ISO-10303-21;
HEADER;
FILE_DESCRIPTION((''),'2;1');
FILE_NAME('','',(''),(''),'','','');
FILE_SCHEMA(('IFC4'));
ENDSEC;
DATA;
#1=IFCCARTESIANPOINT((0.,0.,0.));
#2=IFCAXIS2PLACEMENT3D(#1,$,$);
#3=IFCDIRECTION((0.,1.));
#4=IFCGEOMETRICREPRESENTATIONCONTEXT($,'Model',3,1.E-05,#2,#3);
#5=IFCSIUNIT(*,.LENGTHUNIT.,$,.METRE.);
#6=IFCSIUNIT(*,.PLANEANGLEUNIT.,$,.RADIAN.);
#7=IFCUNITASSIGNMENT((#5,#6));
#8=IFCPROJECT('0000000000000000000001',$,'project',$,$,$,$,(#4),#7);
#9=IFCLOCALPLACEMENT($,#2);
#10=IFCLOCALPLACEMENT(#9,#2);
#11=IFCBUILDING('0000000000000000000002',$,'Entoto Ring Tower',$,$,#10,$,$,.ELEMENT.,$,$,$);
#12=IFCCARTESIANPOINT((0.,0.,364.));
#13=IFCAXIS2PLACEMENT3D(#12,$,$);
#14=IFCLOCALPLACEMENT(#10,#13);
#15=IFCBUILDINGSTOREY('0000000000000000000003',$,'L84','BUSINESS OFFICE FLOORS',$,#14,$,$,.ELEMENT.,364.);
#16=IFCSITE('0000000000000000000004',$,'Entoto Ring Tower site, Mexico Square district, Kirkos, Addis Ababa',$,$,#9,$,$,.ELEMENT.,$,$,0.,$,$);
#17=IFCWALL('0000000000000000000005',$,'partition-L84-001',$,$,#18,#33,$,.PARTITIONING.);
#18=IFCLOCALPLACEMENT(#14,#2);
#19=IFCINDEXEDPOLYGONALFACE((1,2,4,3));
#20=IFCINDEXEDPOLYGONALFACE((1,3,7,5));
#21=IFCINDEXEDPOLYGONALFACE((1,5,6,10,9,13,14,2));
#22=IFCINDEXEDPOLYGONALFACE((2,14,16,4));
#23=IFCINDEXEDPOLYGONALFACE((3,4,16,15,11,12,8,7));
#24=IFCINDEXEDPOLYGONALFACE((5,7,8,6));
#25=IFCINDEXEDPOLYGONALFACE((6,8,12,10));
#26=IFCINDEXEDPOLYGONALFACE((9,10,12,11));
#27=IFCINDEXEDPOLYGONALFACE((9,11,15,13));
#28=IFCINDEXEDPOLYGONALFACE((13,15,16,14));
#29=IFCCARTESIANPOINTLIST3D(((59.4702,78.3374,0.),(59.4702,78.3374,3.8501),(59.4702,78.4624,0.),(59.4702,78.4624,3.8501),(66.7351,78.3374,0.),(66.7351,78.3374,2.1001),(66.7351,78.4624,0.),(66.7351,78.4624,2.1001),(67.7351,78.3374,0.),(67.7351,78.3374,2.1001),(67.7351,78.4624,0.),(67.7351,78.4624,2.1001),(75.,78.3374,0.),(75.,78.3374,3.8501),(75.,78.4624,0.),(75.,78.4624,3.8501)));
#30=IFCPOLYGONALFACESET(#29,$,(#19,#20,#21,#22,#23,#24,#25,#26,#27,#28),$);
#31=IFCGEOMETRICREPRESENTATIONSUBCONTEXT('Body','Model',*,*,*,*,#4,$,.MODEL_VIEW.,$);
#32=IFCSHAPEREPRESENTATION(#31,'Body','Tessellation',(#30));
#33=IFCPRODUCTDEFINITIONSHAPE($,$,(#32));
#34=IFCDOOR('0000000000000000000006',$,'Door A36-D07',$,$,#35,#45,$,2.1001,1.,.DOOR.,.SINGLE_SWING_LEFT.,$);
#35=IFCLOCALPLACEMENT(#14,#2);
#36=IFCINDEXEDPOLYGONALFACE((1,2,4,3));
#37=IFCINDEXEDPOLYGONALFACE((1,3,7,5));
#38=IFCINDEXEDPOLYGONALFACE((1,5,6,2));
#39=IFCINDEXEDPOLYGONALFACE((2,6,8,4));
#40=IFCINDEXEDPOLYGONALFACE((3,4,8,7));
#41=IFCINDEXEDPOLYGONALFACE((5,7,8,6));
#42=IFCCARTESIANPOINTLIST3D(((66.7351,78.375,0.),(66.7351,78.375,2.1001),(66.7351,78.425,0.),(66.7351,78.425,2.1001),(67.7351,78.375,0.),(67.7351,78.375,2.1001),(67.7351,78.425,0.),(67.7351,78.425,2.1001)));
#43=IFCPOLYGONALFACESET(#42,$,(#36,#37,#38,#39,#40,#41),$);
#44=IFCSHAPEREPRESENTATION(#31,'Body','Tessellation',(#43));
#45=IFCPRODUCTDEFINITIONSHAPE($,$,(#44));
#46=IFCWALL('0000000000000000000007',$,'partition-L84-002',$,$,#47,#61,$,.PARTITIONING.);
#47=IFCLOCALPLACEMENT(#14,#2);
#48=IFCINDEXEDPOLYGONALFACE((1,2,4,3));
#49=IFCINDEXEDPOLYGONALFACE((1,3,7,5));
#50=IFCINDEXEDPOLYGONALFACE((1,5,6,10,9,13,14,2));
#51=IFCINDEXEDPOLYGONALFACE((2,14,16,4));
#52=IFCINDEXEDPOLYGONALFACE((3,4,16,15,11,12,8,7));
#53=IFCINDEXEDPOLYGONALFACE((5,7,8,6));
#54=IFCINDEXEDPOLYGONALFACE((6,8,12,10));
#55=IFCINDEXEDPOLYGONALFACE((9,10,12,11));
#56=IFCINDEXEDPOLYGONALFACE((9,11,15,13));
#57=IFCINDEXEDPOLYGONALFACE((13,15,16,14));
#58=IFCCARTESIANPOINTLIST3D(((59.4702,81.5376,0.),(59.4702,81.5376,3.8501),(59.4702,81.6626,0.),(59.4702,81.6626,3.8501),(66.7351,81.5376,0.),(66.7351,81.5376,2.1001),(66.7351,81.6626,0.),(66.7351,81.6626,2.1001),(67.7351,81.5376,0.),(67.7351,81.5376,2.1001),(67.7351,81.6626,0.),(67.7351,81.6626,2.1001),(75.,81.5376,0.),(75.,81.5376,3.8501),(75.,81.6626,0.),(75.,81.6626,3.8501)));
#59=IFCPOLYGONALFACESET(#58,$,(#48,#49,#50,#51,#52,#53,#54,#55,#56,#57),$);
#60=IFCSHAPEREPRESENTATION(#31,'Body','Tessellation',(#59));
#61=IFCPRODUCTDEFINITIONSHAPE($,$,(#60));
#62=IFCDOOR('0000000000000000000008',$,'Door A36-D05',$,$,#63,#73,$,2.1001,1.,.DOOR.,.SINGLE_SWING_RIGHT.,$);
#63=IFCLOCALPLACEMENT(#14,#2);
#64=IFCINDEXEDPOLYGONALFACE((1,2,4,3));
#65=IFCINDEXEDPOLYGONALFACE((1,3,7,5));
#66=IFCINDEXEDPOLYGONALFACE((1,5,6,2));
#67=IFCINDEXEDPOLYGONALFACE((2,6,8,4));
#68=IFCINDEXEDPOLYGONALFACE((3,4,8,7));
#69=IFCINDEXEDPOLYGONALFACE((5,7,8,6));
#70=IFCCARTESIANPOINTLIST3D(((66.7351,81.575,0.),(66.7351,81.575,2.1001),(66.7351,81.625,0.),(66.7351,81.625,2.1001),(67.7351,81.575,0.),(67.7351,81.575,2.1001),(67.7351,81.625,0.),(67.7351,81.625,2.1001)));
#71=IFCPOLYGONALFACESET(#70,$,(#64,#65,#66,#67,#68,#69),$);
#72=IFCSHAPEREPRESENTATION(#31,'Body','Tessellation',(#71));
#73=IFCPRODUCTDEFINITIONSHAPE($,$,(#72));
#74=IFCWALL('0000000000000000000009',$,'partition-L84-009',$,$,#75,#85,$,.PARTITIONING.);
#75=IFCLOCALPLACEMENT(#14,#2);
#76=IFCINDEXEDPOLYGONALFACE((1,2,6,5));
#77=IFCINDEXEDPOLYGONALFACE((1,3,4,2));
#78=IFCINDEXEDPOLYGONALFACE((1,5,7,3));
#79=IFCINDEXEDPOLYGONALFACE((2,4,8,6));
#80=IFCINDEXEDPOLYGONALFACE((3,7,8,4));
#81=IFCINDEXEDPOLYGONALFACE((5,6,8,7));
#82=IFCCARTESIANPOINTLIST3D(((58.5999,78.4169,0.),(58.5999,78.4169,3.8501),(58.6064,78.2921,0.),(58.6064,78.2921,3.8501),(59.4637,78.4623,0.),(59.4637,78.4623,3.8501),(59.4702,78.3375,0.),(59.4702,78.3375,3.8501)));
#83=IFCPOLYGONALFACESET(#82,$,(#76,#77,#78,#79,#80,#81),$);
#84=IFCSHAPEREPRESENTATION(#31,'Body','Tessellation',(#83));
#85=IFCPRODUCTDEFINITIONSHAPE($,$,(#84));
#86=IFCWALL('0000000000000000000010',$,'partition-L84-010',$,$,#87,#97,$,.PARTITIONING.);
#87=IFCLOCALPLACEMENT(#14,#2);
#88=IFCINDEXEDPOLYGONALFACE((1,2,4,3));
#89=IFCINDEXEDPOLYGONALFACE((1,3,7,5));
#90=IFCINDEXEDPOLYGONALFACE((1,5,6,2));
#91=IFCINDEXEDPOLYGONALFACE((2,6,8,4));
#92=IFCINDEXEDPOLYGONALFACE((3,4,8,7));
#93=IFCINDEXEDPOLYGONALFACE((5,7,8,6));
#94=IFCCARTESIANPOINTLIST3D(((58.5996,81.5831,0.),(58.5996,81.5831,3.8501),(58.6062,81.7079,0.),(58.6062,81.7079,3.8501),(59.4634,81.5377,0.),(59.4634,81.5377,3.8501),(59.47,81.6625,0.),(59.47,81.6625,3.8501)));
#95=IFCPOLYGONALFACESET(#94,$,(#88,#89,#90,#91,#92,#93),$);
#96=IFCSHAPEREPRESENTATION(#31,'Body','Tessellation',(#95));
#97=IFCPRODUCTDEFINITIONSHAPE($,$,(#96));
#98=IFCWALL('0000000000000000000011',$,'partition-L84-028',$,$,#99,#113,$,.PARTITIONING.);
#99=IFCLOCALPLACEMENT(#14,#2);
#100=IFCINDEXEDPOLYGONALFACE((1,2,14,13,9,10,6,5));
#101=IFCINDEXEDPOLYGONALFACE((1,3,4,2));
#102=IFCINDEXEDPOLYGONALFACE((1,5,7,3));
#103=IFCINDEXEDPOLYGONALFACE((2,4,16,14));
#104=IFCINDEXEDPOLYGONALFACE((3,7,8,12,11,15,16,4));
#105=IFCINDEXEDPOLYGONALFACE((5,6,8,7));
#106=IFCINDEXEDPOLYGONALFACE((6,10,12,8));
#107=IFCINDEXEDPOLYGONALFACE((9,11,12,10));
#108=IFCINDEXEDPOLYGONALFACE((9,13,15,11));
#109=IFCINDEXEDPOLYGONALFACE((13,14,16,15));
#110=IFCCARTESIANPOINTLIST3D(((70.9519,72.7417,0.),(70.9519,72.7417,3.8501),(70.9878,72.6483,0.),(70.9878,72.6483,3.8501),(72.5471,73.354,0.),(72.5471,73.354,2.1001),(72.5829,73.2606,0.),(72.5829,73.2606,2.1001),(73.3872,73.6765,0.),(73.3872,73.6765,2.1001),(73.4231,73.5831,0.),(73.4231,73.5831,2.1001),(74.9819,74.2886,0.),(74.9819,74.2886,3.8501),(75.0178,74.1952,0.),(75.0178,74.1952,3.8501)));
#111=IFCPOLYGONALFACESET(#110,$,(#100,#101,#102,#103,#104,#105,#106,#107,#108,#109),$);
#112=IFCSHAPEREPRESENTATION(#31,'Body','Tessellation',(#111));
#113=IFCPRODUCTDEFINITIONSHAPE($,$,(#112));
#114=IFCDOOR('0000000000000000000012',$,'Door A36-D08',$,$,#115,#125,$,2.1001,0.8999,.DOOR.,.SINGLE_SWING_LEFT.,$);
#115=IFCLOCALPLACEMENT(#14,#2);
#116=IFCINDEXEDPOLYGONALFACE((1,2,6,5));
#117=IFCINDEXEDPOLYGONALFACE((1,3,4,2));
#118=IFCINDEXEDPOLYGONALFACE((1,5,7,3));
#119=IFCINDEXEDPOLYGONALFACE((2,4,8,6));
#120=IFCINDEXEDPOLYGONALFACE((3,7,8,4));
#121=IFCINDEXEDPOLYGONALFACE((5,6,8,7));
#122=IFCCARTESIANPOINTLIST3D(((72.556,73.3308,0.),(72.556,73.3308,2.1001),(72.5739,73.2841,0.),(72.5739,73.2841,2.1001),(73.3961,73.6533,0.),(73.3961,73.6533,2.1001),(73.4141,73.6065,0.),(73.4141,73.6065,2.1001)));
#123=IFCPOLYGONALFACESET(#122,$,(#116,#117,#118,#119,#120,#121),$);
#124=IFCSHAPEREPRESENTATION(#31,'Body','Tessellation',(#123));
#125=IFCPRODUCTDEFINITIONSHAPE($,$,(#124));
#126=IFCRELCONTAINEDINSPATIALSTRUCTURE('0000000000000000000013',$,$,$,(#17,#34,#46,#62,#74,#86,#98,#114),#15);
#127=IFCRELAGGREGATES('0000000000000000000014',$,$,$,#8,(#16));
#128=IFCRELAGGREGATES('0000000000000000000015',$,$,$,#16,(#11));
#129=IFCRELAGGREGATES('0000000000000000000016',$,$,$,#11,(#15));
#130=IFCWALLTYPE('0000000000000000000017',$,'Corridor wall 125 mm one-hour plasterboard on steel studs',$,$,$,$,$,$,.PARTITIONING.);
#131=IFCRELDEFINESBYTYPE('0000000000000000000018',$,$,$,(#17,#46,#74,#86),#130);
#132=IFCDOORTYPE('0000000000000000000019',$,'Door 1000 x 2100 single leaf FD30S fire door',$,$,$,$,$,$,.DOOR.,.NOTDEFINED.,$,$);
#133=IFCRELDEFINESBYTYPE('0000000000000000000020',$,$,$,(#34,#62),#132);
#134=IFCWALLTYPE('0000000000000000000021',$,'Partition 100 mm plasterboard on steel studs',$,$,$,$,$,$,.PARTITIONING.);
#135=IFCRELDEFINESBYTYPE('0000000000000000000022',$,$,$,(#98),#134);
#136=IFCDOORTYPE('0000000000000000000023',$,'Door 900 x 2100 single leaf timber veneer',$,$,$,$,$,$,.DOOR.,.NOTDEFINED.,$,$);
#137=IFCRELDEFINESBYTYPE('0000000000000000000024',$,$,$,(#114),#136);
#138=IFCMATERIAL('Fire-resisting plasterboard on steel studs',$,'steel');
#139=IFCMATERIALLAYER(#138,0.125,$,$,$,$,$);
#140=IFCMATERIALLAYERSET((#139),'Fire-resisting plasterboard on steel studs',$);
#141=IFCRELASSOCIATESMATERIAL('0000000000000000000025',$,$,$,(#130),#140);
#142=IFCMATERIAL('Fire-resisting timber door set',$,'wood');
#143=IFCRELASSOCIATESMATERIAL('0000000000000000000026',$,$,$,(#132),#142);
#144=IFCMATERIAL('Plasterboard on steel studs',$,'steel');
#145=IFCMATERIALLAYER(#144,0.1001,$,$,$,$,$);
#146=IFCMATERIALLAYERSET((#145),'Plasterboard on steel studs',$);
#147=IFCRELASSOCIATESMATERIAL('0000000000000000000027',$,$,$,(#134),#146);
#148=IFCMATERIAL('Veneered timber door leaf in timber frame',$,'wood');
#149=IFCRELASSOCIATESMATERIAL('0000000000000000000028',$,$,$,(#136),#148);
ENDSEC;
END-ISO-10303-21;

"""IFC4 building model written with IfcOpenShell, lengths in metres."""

from ifc_helpers import new_model, si_unit, direction, frame, frame_2d, origin, place, context, subcontext, project, spatial, rectangle, extrude, material, layer, layer_set, type_object, element, fill, save


model = new_model("IFC4")

# Units and contexts
model_context = context("Model", 3, precision=1e-05, world=origin(), true_north=direction((0.0, 1.0)))
body_context = subcontext(model_context, "Body", "Model", "MODEL_VIEW")
ifc_project = project(units=[si_unit("LENGTHUNIT", "METRE"), si_unit("PLANEANGLEUNIT", "RADIAN")], contexts=[model_context])

# Site, building, storey
site_placement = place(None, origin())
site = spatial("IfcSite", under=ifc_project, at=site_placement, Name="Entoto Ring Tower site, Mexico Square district, Kirkos, Addis Ababa", CompositionType="ELEMENT", RefElevation=0.0)
building_placement = place(site_placement, origin())
building = spatial("IfcBuilding", under=site, at=building_placement, Name="Entoto Ring Tower", CompositionType="ELEMENT")
storey_placement = place(building_placement, frame((0.0, 0.0, 364.0)))
storey = spatial("IfcBuildingStorey", under=building, at=storey_placement, Name="L84", Description="BUSINESS OFFICE FLOORS", CompositionType="ELEMENT", Elevation=364.0)

# Walls, openings, doors
ifc_material_1 = material(Name="Fire-resisting plasterboard on steel studs", Category="steel")
ifc_layer_1 = layer(ifc_material_1, 0.125)
ifc_layer_set_1 = layer_set([ifc_layer_1], Name="Fire-resisting plasterboard on steel studs")
wall_type_1 = type_object("IfcWallType", Name="Corridor wall 125 mm one-hour plasterboard on steel studs", PredefinedType="PARTITIONING", material=ifc_layer_set_1)
wall_1_placement = place(storey_placement, frame((59.4702, 78.3999, 0.0), z_axis=(0.0, 0.0, 1.0), x_axis=(1.0, 0.0, 0.0)))
wall_1 = element("IfcWall", 1, at=wall_1_placement, inside=storey, type_object=wall_type_1, Name="partition-L84-001", PredefinedType="PARTITIONING", context=body_context, shape_type="SweptSolid", body=[
    extrude(rectangle(XDim=15.5298, YDim=0.125, at=frame_2d((7.7649, 0.0))), origin(), (0.0, 0.0, 1.0), 3.8501),
])
opening_1_placement = place(wall_1_placement, frame((7.2649, 0.0, 0.0)))
opening_1 = element("IfcOpeningElement", 2, at=opening_1_placement, cuts=wall_1, PredefinedType="OPENING", context=body_context, shape_type="SweptSolid", body=[
    extrude(rectangle(XDim=1.0, YDim=2.1001, at=frame_2d((0.5, 1.05))), frame((0.0, 0.0725, 0.0), z_axis=(0.0, -1.0, 0.0), x_axis=(1.0, 0.0, 0.0)), (0.0, 0.0, 1.0), 0.145),
])
ifc_material_2 = material(Name="Fire-resisting timber door set", Category="wood")
door_type_1 = type_object("IfcDoorType", Name="Door 1000 x 2100 single leaf FD30S fire door", OperationType="NOTDEFINED", PredefinedType="DOOR", material=ifc_material_2)
door_1_placement = place(opening_1_placement, frame((1.0, 0.0, 0.0), z_axis=(0.0, 0.0, 1.0), x_axis=(-1.0, 0.0, 0.0)))
door_1 = element("IfcDoor", 3, at=door_1_placement, inside=storey, type_object=door_type_1, Name="Door A36-D07", OperationType="SINGLE_SWING_LEFT", OverallHeight=2.1001, OverallWidth=1.0, PredefinedType="DOOR", context=body_context, shape_type="SweptSolid", body=[
    extrude(rectangle(XDim=1.0, YDim=2.1001, at=frame_2d((0.5, 1.05))), frame((0.0, 0.0249, 0.0), z_axis=(0.0, -1.0, 0.0), x_axis=(1.0, 0.0, 0.0)), (0.0, 0.0, 1.0), 0.05),
])
fill(opening_1, door_1)
wall_2_placement = place(storey_placement, frame((59.4702, 81.6001, 0.0), z_axis=(0.0, 0.0, 1.0), x_axis=(1.0, 0.0, 0.0)))
wall_2 = element("IfcWall", 4, at=wall_2_placement, inside=storey, type_object=wall_type_1, Name="partition-L84-002", PredefinedType="PARTITIONING", context=body_context, shape_type="SweptSolid", body=[
    extrude(rectangle(XDim=15.5298, YDim=0.125, at=frame_2d((7.7649, 0.0))), origin(), (0.0, 0.0, 1.0), 3.8501),
])
opening_2_placement = place(wall_2_placement, frame((7.2649, 0.0, 0.0)))
opening_2 = element("IfcOpeningElement", 5, at=opening_2_placement, cuts=wall_2, PredefinedType="OPENING", context=body_context, shape_type="SweptSolid", body=[
    extrude(rectangle(XDim=1.0, YDim=2.1001, at=frame_2d((0.5, 1.05))), frame((0.0, 0.0725, 0.0), z_axis=(0.0, -1.0, 0.0), x_axis=(1.0, 0.0, 0.0)), (0.0, 0.0, 1.0), 0.145),
])
door_2_placement = place(opening_2_placement, origin())
door_2 = element("IfcDoor", 6, at=door_2_placement, inside=storey, type_object=door_type_1, Name="Door A36-D05", OperationType="SINGLE_SWING_RIGHT", OverallHeight=2.1001, OverallWidth=1.0, PredefinedType="DOOR", context=body_context, shape_type="SweptSolid", body=[
    extrude(rectangle(XDim=1.0, YDim=2.1001, at=frame_2d((0.5, 1.05))), frame((0.0, 0.0249, 0.0), z_axis=(0.0, -1.0, 0.0), x_axis=(1.0, 0.0, 0.0)), (0.0, 0.0, 1.0), 0.05),
])
fill(opening_2, door_2)

# Walls
for number, where, z_axis, x_axis, name in (
    (7, (58.603, 78.3545, 0.0), (0.0, 0.0, 1.0), (0.998621, 0.0525, 0.0), "partition-L84-009"),
    (8, (59.4668, 81.6001, 0.0), (0.0, 0.0, 1.0), (-0.998621, 0.0525, 0.0), "partition-L84-010"),
):
    element("IfcWall", number, at=place(storey_placement, frame(where, z_axis=z_axis, x_axis=x_axis)), inside=storey, type_object=wall_type_1, Name=name, PredefinedType="PARTITIONING", context=body_context, shape_type="SweptSolid", body=[
        extrude(rectangle(XDim=0.865, YDim=0.125, at=frame_2d((0.4326, 0.0))), origin(), (0.0, 0.0, 1.0), 3.8501),
    ])

# Wall, opening, door
ifc_material_3 = material(Name="Plasterboard on steel studs", Category="steel")
ifc_layer_2 = layer(ifc_material_3, 0.1001)
ifc_layer_set_2 = layer_set([ifc_layer_2], Name="Plasterboard on steel studs")
wall_type_2 = type_object("IfcWallType", Name="Partition 100 mm plasterboard on steel studs", PredefinedType="PARTITIONING", material=ifc_layer_set_2)
wall_3_placement = place(storey_placement, frame((70.97, 72.6951, 0.0), z_axis=(0.0, 0.0, 1.0), x_axis=(0.933589, 0.358346, 0.0)))
wall_3 = element("IfcWall", 9, at=wall_3_placement, inside=storey, type_object=wall_type_2, Name="partition-L84-028", PredefinedType="PARTITIONING", context=body_context, shape_type="SweptSolid", body=[
    extrude(rectangle(XDim=4.3167, YDim=0.1001, at=frame_2d((2.1582, 0.0))), origin(), (0.0, 0.0, 1.0), 3.8501),
])
opening_3_placement = place(wall_3_placement, frame((1.7085, 0.0, 0.0)))
opening_3 = element("IfcOpeningElement", 10, at=opening_3_placement, cuts=wall_3, PredefinedType="OPENING", context=body_context, shape_type="SweptSolid", body=[
    extrude(rectangle(XDim=0.8999, YDim=2.1001, at=frame_2d((0.45, 1.05))), frame((0.0, 0.0601, 0.0), z_axis=(0.0, -1.0, 0.0), x_axis=(1.0, 0.0, 0.0)), (0.0, 0.0, 1.0), 0.1201),
])
ifc_material_4 = material(Name="Veneered timber door leaf in timber frame", Category="wood")
door_type_2 = type_object("IfcDoorType", Name="Door 900 x 2100 single leaf timber veneer", OperationType="NOTDEFINED", PredefinedType="DOOR", material=ifc_material_4)
door_3_placement = place(opening_3_placement, frame((0.8999, 0.0, 0.0), z_axis=(0.0, 0.0, 1.0), x_axis=(-1.0, 0.0, 0.0)))
door_3 = element("IfcDoor", 11, at=door_3_placement, inside=storey, type_object=door_type_2, Name="Door A36-D08", OperationType="SINGLE_SWING_LEFT", OverallHeight=2.1001, OverallWidth=0.8999, PredefinedType="DOOR", context=body_context, shape_type="SweptSolid", body=[
    extrude(rectangle(XDim=0.8999, YDim=2.1001, at=frame_2d((0.45, 1.05))), frame((0.0, 0.0249, 0.0), z_axis=(0.0, -1.0, 0.0), x_axis=(1.0, 0.0, 0.0)), (0.0, 0.0, 1.0), 0.05),
])
fill(opening_3, door_3)

save(model, "model.ifc")
